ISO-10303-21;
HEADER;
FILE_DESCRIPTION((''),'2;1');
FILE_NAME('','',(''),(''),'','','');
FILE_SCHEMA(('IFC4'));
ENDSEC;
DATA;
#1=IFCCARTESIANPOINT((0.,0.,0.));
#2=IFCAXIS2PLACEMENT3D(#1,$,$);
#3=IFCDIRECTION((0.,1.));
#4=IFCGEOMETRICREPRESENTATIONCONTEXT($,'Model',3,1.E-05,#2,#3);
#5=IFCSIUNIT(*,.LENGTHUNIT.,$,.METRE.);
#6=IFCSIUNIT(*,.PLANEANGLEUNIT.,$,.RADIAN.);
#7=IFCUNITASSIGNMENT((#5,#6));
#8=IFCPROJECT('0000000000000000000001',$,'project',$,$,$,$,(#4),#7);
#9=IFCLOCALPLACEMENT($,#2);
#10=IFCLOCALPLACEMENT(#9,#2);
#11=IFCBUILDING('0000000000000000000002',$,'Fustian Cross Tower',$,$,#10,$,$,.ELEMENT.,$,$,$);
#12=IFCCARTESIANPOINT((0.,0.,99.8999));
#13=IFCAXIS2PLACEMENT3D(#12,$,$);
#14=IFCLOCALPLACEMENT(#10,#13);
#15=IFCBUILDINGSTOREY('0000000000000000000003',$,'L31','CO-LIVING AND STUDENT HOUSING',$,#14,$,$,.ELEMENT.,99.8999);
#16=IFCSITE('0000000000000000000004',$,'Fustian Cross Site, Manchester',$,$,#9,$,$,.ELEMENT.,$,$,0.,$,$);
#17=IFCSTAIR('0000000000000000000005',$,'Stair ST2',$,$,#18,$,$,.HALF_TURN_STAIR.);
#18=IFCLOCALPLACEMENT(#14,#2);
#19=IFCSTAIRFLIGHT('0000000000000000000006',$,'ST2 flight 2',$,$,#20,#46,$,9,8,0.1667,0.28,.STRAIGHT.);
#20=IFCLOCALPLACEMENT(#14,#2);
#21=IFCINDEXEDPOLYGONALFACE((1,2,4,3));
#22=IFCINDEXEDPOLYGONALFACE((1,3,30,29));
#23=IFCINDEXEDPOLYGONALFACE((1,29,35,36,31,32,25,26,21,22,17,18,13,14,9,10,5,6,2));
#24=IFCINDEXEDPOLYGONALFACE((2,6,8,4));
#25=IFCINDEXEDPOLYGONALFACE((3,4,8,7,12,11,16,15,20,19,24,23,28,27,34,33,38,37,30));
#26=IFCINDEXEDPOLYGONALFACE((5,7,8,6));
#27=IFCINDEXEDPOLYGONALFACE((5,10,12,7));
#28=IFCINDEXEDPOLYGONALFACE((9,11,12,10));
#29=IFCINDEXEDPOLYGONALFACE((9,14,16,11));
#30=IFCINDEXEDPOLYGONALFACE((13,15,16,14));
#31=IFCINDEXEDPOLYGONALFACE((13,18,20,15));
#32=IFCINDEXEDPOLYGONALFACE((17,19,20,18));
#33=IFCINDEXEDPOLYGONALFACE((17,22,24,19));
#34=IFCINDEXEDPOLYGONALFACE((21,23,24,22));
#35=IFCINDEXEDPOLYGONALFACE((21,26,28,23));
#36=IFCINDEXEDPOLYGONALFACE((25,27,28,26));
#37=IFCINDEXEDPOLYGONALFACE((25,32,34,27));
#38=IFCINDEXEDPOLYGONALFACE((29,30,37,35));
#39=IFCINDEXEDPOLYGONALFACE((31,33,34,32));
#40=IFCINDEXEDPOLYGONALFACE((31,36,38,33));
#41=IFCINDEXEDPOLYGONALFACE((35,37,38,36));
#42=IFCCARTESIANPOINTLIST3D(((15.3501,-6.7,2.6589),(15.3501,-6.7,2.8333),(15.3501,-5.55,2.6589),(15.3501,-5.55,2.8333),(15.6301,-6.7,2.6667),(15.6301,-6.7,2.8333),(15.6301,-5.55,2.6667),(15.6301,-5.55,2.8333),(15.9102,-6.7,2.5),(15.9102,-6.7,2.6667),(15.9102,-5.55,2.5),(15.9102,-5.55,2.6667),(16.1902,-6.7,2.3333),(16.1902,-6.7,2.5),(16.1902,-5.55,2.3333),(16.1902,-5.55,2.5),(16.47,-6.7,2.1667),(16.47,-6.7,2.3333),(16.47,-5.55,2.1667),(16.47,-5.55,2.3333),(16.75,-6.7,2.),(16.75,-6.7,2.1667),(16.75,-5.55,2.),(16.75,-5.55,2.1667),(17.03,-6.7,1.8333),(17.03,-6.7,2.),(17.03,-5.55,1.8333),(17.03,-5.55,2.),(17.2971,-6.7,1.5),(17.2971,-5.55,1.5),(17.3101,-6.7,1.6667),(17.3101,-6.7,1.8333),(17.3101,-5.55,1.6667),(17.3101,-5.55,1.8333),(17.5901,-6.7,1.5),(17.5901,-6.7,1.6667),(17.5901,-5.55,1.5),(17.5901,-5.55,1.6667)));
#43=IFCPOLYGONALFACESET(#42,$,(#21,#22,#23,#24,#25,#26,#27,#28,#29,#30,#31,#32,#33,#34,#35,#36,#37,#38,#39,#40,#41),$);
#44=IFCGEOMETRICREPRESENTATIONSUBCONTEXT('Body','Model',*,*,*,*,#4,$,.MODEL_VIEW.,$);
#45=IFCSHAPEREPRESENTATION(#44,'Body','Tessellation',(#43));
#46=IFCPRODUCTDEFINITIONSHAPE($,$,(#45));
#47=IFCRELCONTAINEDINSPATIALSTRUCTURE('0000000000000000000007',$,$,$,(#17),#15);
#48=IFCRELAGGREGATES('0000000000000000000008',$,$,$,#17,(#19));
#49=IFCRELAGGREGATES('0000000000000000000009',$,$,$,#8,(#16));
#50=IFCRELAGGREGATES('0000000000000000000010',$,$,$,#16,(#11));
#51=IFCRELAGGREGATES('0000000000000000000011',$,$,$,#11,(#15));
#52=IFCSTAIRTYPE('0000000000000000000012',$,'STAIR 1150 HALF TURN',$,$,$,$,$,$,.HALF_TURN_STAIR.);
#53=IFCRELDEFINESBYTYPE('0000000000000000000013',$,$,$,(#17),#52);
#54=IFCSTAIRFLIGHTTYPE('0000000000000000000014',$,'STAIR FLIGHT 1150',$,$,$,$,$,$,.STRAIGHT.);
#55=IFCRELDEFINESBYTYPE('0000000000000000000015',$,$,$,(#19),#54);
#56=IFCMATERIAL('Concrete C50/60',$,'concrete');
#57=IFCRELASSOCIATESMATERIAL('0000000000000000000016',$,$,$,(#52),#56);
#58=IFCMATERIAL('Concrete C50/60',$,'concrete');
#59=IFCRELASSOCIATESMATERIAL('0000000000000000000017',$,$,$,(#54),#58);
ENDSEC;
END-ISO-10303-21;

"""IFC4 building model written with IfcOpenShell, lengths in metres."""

from ifc_helpers import new_model, si_unit, direction, frame, origin, place, context, subcontext, project, spatial, polyline, outline, extrude, material, type_object, element, aggregate, save


model = new_model("IFC4")

# Units and contexts
model_context = context("Model", 3, precision=1e-05, world=origin(), true_north=direction((0.0, 1.0)))
body_context = subcontext(model_context, "Body", "Model", "MODEL_VIEW")
ifc_project = project(units=[si_unit("LENGTHUNIT", "METRE"), si_unit("PLANEANGLEUNIT", "RADIAN")], contexts=[model_context])

# Site, building, storey
site_placement = place(None, origin())
site = spatial("IfcSite", under=ifc_project, at=site_placement, Name="Fustian Cross Site, Manchester", CompositionType="ELEMENT", RefElevation=0.0)
building_placement = place(site_placement, origin())
building = spatial("IfcBuilding", under=site, at=building_placement, Name="Fustian Cross Tower", CompositionType="ELEMENT")
storey_placement = place(building_placement, frame((0.0, 0.0, 99.8999)))
storey = spatial("IfcBuildingStorey", under=building, at=storey_placement, Name="L31", Description="CO-LIVING AND STUDENT HOUSING", CompositionType="ELEMENT", Elevation=99.8999)

# Stair, stair flight
ifc_material_1 = material(Name="Concrete C50/60", Category="concrete")
stair_type = type_object("IfcStairType", Name="STAIR 1150 HALF TURN", PredefinedType="HALF_TURN_STAIR", material=ifc_material_1)
stair_placement = place(storey_placement, origin())
stair = element("IfcStair", 1, at=stair_placement, inside=storey, type_object=stair_type, Name="Stair ST2", PredefinedType="HALF_TURN_STAIR")
ifc_material_2 = material(Name="Concrete C50/60", Category="concrete")
stair_flight_type = type_object("IfcStairFlightType", Name="STAIR FLIGHT 1150", PredefinedType="STRAIGHT", material=ifc_material_2)
stair_flight_placement = place(storey_placement, frame((17.5901, -6.125, 1.5), z_axis=(0.0, 0.0, 1.0), x_axis=(-1.0, 0.0, 0.0)))
stair_flight = element("IfcStairFlight", 2, at=stair_flight_placement, type_object=stair_flight_type, Name="ST2 flight 2", NumberOfRisers=9, NumberOfTreads=8, PredefinedType="STRAIGHT", RiserHeight=0.1667, TreadLength=0.28, context=body_context, shape_type="SweptSolid", body=[
    extrude(outline(polyline([(0.0, 0.0), (0.0, 0.1667), (0.28, 0.1667), (0.28, 0.3333), (0.5601, 0.3333), (0.5601, 0.5), (0.8401, 0.5), (0.8401, 0.6667), (1.1201, 0.6667), (1.1201, 0.8333), (1.3999, 0.8333), (1.3999, 1.0), (1.6799, 1.0), (1.6799, 1.1667), (1.96, 1.1667), (1.96, 1.3333), (2.24, 1.3333), (2.24, 1.5), (2.24, 1.1589), (0.293, 0.0), (0.0, 0.0)])), frame((0.0, 0.575, 0.0), z_axis=(0.0, -1.0, 0.0), x_axis=(1.0, 0.0, 0.0)), (0.0, 0.0, 1.0), 1.1499),
])
aggregate(stair, [stair_flight])

save(model, "model.ifc")
